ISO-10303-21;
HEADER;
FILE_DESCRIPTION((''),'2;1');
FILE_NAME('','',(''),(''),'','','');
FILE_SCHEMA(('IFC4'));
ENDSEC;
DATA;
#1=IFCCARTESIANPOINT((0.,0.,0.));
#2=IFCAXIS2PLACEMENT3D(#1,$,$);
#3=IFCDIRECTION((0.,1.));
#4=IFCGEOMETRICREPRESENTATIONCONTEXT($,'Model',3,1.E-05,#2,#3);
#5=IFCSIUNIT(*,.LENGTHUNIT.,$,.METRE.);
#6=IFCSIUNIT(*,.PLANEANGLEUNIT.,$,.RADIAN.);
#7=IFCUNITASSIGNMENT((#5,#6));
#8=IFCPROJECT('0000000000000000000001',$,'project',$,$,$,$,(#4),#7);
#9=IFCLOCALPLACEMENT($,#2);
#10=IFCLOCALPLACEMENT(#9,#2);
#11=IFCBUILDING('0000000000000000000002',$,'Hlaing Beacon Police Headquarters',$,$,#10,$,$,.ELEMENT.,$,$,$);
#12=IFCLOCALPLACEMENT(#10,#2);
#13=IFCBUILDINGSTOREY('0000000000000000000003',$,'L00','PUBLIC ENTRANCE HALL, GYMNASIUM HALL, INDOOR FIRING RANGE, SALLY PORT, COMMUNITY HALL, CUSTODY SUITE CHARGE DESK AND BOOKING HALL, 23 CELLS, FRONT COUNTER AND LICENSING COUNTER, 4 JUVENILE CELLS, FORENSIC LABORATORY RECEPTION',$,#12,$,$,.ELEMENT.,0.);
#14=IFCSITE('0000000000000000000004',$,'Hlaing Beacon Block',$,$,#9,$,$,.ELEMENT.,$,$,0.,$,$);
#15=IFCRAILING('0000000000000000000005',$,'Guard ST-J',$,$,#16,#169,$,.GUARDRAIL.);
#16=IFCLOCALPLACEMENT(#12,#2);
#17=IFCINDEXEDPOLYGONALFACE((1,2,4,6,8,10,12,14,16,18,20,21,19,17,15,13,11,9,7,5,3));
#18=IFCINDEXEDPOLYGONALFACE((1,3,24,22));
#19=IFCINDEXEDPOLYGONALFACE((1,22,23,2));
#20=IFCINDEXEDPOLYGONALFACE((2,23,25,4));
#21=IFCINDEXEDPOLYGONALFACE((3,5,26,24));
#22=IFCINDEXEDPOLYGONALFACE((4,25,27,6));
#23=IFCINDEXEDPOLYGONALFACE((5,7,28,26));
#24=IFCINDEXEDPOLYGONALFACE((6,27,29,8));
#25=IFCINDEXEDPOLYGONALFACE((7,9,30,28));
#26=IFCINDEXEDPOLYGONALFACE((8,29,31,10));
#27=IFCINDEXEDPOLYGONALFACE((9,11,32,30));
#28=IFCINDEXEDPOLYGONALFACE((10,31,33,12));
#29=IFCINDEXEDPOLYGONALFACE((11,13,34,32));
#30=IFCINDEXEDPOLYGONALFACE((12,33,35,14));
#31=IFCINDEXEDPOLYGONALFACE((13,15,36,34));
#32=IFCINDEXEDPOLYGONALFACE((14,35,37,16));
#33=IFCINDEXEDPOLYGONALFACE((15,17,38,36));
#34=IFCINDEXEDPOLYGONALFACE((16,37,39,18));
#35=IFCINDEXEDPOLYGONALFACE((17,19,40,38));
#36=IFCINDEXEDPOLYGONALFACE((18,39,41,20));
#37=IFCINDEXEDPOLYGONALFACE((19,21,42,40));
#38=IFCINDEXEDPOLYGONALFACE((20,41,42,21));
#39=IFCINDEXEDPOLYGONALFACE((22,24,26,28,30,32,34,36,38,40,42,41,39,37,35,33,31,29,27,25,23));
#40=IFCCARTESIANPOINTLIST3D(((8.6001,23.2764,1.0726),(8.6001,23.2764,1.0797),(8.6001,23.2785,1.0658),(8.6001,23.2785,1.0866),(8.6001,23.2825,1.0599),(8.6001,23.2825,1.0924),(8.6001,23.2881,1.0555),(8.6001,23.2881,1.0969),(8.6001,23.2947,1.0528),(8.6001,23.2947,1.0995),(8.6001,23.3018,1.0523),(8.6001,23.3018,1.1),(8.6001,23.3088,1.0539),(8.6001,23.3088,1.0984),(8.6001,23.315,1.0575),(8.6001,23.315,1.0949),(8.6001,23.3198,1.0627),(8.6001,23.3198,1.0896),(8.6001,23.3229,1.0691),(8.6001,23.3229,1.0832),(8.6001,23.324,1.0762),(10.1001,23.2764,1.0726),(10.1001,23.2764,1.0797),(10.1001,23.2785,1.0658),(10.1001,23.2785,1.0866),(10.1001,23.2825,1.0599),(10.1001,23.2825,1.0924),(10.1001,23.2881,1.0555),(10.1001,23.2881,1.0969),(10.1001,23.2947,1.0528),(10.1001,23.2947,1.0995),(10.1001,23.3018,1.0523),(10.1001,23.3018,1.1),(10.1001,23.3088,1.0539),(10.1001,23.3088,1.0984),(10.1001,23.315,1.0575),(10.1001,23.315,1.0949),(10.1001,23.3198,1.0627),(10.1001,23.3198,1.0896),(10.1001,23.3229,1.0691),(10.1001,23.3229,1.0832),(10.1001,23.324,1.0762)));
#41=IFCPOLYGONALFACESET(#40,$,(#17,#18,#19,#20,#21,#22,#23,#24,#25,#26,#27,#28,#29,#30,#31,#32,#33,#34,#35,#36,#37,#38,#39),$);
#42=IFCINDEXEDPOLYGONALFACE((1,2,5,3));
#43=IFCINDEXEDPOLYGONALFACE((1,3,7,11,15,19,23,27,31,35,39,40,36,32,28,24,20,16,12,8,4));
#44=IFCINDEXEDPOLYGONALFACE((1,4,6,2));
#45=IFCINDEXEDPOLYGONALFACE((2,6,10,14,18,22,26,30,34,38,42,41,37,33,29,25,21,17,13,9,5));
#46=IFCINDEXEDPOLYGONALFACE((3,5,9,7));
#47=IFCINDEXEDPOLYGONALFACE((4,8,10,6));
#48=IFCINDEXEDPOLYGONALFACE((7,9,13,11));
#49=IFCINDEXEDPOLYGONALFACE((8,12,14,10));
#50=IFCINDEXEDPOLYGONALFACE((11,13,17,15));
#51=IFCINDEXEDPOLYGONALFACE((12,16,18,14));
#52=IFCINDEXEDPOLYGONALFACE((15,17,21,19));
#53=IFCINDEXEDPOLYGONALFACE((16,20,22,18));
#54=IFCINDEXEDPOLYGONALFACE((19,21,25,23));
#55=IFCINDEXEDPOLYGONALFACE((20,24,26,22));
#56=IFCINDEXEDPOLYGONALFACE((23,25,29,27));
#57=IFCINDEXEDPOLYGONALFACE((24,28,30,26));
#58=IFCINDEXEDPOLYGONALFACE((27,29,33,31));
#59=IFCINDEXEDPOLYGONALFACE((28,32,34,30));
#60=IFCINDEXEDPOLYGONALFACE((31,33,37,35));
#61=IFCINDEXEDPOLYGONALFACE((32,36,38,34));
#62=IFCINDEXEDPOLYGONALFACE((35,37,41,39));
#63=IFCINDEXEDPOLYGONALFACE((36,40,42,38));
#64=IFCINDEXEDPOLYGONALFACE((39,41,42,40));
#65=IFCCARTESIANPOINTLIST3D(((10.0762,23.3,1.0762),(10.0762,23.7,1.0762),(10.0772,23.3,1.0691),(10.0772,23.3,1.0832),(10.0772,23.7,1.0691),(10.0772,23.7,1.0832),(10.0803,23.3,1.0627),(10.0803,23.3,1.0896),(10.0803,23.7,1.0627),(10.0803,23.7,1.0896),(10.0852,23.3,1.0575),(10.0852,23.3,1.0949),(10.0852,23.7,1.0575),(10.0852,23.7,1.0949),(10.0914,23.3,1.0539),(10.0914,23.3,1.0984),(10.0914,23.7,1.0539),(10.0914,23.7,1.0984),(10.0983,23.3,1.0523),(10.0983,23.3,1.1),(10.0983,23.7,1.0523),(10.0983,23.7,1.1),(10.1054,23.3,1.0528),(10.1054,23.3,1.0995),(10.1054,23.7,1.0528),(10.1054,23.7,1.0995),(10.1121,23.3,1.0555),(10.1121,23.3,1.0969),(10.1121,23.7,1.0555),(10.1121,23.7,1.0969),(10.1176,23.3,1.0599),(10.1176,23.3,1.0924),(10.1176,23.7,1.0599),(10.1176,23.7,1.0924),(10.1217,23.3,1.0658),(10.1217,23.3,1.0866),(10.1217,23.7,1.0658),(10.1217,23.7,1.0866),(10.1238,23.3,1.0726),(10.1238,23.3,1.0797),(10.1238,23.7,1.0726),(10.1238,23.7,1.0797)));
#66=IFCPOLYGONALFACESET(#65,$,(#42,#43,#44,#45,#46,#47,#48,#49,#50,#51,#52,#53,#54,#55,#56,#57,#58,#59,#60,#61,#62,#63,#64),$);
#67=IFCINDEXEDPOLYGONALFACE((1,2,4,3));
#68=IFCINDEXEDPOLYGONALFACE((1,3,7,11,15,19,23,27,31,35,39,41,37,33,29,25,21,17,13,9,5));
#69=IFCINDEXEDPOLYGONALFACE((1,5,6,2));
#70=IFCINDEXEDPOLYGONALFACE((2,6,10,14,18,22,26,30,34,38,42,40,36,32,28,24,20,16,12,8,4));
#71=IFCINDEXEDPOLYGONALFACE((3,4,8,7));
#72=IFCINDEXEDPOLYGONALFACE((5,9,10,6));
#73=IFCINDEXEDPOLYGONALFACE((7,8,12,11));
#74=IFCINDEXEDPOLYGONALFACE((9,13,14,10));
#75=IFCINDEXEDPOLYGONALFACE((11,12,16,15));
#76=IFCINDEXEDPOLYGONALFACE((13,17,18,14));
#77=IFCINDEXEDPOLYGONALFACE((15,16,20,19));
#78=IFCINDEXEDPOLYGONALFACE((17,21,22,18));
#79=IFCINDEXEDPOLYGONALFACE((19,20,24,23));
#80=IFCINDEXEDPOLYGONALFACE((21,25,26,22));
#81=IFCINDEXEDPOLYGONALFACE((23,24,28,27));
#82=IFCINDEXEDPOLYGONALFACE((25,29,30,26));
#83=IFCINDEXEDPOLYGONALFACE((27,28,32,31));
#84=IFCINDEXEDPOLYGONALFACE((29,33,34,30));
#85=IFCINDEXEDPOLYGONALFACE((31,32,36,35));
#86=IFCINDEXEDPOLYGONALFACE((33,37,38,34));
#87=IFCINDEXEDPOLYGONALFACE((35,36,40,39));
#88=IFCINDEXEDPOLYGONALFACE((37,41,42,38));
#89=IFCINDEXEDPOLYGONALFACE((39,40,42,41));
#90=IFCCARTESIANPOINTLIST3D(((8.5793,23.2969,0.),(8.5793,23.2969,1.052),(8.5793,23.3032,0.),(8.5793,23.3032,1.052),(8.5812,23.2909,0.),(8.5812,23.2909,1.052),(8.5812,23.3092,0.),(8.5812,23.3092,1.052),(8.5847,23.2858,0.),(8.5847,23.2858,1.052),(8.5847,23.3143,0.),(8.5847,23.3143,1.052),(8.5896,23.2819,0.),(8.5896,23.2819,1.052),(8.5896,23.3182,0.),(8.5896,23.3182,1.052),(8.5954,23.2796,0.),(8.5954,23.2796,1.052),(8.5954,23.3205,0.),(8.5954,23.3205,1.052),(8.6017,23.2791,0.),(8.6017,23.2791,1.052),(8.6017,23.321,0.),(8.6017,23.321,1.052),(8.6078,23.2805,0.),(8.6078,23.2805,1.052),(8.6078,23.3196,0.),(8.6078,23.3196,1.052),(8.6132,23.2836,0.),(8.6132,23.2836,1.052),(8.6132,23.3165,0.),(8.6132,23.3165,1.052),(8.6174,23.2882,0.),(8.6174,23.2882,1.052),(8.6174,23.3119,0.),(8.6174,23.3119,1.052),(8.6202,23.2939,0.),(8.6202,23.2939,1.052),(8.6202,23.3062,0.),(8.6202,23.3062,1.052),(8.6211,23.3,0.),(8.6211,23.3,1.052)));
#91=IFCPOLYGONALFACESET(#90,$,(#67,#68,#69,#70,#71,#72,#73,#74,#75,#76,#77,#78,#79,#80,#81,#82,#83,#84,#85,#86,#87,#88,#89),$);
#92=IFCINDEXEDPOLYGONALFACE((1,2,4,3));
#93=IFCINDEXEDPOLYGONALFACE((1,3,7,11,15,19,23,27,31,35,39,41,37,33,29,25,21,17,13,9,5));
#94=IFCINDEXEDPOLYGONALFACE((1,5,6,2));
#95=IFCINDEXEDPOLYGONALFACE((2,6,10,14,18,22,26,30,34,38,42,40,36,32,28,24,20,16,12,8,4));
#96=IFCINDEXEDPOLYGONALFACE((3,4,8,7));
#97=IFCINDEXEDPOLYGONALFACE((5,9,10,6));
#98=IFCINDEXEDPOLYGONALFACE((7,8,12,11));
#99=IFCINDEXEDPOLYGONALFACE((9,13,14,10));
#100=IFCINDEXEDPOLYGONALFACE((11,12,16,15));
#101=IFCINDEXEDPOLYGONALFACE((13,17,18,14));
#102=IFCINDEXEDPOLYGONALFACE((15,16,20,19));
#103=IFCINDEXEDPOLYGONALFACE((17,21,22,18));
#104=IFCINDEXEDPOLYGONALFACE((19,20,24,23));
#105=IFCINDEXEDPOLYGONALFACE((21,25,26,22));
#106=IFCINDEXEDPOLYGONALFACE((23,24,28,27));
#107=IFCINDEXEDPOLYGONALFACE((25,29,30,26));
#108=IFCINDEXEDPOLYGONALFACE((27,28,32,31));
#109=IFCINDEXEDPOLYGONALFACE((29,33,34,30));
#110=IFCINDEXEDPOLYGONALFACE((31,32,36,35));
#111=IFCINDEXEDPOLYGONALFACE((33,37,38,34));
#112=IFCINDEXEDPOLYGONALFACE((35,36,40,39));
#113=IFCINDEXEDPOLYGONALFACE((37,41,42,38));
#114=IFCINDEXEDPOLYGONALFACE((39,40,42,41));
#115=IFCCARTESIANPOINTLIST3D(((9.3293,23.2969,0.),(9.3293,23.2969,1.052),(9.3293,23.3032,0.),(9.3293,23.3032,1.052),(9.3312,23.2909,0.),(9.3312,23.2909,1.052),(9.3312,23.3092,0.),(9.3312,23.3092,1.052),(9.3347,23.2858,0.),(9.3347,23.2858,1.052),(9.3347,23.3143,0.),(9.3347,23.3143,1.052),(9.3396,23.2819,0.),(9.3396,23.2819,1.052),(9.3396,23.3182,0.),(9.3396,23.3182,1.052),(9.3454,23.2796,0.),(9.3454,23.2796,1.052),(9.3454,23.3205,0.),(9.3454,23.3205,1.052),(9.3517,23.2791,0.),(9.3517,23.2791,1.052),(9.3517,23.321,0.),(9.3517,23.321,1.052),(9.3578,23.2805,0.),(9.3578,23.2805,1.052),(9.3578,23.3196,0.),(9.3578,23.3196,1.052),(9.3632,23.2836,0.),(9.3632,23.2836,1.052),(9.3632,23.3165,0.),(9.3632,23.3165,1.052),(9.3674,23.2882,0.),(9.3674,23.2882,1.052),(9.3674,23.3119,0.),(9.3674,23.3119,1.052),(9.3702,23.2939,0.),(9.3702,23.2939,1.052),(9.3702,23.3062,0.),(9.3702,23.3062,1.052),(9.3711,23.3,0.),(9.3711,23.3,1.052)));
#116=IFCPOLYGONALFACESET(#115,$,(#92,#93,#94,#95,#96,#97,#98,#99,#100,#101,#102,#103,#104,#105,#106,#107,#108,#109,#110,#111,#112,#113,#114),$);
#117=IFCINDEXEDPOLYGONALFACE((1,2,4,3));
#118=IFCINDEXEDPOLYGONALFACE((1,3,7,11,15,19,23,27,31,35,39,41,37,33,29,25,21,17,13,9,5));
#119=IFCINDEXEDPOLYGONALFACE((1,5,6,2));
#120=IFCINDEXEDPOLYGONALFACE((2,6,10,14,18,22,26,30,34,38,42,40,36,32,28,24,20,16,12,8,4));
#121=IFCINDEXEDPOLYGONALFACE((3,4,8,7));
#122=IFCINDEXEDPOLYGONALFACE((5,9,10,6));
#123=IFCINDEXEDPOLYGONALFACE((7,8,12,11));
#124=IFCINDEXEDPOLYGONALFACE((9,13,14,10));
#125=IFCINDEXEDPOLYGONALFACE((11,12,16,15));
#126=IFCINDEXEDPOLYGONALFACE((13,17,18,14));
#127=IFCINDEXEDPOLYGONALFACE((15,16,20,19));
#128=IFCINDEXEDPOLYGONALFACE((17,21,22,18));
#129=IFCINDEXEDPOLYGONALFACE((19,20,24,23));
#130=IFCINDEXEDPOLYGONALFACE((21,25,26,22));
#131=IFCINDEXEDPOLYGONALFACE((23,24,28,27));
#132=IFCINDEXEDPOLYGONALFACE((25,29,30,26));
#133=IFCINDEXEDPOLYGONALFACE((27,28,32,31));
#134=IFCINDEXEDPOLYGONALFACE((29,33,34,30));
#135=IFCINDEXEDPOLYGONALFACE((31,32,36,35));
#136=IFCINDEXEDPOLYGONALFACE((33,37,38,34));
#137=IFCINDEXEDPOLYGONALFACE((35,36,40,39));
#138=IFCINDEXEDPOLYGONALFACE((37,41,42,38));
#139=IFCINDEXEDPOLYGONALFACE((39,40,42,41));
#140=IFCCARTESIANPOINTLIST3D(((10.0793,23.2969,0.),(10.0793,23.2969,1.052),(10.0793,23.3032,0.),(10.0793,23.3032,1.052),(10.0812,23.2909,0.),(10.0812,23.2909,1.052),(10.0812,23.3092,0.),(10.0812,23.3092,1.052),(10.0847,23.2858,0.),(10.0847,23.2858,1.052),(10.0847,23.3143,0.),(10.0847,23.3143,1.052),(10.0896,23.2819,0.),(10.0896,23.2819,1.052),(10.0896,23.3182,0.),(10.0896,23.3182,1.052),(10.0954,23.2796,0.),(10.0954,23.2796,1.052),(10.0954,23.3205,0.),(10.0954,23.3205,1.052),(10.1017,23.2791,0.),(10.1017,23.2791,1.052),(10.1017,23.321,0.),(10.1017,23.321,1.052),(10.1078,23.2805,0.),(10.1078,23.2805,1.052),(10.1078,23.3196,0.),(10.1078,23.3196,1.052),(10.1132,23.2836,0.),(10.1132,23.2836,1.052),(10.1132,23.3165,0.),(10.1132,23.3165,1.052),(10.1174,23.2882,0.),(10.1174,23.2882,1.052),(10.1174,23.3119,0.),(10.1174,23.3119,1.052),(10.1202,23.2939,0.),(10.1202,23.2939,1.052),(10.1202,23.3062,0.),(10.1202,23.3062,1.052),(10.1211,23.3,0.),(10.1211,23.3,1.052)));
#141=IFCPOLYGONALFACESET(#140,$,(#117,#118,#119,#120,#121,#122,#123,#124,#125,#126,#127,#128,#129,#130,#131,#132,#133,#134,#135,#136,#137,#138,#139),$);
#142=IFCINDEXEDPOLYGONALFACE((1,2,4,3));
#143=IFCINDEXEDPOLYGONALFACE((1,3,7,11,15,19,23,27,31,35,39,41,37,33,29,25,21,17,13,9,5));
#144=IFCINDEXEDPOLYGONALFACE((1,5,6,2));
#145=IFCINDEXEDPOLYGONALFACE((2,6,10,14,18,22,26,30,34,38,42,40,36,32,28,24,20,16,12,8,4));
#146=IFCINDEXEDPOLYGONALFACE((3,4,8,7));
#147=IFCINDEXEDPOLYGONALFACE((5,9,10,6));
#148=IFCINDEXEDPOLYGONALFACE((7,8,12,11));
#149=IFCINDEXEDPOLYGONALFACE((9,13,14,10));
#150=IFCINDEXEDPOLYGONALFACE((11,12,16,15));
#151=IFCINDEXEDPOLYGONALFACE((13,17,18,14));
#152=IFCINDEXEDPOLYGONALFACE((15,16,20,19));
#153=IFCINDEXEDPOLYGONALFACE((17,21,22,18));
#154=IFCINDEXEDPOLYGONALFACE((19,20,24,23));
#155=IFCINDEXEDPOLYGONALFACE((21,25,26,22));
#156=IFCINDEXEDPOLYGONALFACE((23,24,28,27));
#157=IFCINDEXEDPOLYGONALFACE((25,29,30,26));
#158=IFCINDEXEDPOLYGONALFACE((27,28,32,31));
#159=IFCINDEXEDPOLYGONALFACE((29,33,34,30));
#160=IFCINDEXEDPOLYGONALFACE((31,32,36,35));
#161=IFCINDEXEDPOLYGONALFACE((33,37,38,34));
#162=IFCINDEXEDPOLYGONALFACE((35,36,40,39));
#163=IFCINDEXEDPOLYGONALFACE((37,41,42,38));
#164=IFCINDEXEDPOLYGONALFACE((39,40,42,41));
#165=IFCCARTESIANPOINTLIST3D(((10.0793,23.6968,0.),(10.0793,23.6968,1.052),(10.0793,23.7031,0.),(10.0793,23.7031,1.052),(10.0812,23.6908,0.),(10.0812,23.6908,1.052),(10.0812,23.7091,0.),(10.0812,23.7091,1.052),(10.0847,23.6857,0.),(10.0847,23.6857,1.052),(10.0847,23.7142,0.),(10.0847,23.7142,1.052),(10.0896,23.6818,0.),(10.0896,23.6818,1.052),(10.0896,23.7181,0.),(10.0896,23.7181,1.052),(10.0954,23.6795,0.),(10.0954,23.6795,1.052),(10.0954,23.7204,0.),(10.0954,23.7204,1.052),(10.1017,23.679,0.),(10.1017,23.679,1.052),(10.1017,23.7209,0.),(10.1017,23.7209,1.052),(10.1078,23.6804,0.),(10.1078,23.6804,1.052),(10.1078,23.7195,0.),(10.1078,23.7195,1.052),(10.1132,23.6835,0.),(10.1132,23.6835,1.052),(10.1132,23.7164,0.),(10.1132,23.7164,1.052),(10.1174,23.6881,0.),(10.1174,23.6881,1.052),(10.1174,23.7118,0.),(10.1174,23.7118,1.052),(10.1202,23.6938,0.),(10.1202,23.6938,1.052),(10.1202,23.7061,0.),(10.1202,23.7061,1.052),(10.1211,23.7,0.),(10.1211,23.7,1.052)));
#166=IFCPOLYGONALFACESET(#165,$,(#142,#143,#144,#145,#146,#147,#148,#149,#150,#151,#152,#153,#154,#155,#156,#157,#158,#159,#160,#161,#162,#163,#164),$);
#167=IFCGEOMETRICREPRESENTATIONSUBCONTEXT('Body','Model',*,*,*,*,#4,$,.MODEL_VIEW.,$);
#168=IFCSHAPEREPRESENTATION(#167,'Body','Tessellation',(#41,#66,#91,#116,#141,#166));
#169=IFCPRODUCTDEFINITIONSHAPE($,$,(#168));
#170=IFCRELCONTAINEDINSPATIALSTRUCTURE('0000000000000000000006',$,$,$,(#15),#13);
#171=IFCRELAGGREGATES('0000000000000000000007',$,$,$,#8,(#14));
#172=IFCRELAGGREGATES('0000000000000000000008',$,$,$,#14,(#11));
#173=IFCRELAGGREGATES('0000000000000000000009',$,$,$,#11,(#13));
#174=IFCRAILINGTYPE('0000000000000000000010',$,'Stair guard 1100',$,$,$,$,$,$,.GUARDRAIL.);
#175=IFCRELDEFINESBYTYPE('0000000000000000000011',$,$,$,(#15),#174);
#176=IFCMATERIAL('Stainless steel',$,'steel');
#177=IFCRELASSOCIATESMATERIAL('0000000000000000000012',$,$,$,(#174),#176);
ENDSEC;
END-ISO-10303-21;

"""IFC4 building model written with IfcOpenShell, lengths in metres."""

from ifc_helpers import new_model, si_unit, direction, frame, origin, origin_2d, place, context, subcontext, project, spatial, circle, extrude, material, type_object, element, save


model = new_model("IFC4")

# Units and contexts
model_context = context("Model", 3, precision=1e-05, world=origin(), true_north=direction((0.0, 1.0)))
body_context = subcontext(model_context, "Body", "Model", "MODEL_VIEW")
ifc_project = project(units=[si_unit("LENGTHUNIT", "METRE"), si_unit("PLANEANGLEUNIT", "RADIAN")], contexts=[model_context])

# Site, building, storey
site_placement = place(None, origin())
site = spatial("IfcSite", under=ifc_project, at=site_placement, Name="Hlaing Beacon Block", CompositionType="ELEMENT", RefElevation=0.0)
building_placement = place(site_placement, origin())
building = spatial("IfcBuilding", under=site, at=building_placement, Name="Hlaing Beacon Police Headquarters", CompositionType="ELEMENT")
storey_placement = place(building_placement, origin())
storey = spatial("IfcBuildingStorey", under=building, at=storey_placement, Name="L00", Description="PUBLIC ENTRANCE HALL, GYMNASIUM HALL, INDOOR FIRING RANGE, SALLY PORT, COMMUNITY HALL, CUSTODY SUITE CHARGE DESK AND BOOKING HALL, 23 CELLS, FRONT COUNTER AND LICENSING COUNTER, 4 JUVENILE CELLS, FORENSIC LABORATORY RECEPTION", CompositionType="ELEMENT", Elevation=0.0)

# Railing
ifc_material_1 = material(Name="Stainless steel", Category="steel")
railing_type_1 = type_object("IfcRailingType", Name="Stair guard 1100", PredefinedType="GUARDRAIL", material=ifc_material_1)
railing_1_placement = place(storey_placement, frame((8.6001, 23.3, 0.0)))
element("IfcRailing", 1, at=railing_1_placement, inside=storey, type_object=railing_type_1, Name="Guard ST-J", PredefinedType="GUARDRAIL", context=body_context, shape_type="SweptSolid", body=[
    extrude(circle(Radius=0.0239, at=origin_2d()), frame((0.0, 0.0, 1.0762), z_axis=(1.0, 0.0, 0.0), x_axis=(0.0, 1.0, 0.0)), (0.0, 0.0, 1.0), 1.5),
    extrude(circle(Radius=0.0239, at=origin_2d()), frame((1.5, 0.0, 1.0762), z_axis=(0.0, 1.0, 0.0), x_axis=(-1.0, 0.0, 0.0)), (0.0, 0.0, 1.0), 0.3999),
    extrude(circle(Radius=0.021, at=origin_2d()), origin(), (0.0, 0.0, 1.0), 1.052),
    extrude(circle(Radius=0.021, at=origin_2d()), frame((0.75, 0.0, 0.0)), (0.0, 0.0, 1.0), 1.052),
    extrude(circle(Radius=0.021, at=origin_2d()), frame((1.5, 0.0, 0.0)), (0.0, 0.0, 1.0), 1.052),
    extrude(circle(Radius=0.021, at=origin_2d()), frame((1.5, 0.3999, 0.0)), (0.0, 0.0, 1.0), 1.052),
])

save(model, "model.ifc")
